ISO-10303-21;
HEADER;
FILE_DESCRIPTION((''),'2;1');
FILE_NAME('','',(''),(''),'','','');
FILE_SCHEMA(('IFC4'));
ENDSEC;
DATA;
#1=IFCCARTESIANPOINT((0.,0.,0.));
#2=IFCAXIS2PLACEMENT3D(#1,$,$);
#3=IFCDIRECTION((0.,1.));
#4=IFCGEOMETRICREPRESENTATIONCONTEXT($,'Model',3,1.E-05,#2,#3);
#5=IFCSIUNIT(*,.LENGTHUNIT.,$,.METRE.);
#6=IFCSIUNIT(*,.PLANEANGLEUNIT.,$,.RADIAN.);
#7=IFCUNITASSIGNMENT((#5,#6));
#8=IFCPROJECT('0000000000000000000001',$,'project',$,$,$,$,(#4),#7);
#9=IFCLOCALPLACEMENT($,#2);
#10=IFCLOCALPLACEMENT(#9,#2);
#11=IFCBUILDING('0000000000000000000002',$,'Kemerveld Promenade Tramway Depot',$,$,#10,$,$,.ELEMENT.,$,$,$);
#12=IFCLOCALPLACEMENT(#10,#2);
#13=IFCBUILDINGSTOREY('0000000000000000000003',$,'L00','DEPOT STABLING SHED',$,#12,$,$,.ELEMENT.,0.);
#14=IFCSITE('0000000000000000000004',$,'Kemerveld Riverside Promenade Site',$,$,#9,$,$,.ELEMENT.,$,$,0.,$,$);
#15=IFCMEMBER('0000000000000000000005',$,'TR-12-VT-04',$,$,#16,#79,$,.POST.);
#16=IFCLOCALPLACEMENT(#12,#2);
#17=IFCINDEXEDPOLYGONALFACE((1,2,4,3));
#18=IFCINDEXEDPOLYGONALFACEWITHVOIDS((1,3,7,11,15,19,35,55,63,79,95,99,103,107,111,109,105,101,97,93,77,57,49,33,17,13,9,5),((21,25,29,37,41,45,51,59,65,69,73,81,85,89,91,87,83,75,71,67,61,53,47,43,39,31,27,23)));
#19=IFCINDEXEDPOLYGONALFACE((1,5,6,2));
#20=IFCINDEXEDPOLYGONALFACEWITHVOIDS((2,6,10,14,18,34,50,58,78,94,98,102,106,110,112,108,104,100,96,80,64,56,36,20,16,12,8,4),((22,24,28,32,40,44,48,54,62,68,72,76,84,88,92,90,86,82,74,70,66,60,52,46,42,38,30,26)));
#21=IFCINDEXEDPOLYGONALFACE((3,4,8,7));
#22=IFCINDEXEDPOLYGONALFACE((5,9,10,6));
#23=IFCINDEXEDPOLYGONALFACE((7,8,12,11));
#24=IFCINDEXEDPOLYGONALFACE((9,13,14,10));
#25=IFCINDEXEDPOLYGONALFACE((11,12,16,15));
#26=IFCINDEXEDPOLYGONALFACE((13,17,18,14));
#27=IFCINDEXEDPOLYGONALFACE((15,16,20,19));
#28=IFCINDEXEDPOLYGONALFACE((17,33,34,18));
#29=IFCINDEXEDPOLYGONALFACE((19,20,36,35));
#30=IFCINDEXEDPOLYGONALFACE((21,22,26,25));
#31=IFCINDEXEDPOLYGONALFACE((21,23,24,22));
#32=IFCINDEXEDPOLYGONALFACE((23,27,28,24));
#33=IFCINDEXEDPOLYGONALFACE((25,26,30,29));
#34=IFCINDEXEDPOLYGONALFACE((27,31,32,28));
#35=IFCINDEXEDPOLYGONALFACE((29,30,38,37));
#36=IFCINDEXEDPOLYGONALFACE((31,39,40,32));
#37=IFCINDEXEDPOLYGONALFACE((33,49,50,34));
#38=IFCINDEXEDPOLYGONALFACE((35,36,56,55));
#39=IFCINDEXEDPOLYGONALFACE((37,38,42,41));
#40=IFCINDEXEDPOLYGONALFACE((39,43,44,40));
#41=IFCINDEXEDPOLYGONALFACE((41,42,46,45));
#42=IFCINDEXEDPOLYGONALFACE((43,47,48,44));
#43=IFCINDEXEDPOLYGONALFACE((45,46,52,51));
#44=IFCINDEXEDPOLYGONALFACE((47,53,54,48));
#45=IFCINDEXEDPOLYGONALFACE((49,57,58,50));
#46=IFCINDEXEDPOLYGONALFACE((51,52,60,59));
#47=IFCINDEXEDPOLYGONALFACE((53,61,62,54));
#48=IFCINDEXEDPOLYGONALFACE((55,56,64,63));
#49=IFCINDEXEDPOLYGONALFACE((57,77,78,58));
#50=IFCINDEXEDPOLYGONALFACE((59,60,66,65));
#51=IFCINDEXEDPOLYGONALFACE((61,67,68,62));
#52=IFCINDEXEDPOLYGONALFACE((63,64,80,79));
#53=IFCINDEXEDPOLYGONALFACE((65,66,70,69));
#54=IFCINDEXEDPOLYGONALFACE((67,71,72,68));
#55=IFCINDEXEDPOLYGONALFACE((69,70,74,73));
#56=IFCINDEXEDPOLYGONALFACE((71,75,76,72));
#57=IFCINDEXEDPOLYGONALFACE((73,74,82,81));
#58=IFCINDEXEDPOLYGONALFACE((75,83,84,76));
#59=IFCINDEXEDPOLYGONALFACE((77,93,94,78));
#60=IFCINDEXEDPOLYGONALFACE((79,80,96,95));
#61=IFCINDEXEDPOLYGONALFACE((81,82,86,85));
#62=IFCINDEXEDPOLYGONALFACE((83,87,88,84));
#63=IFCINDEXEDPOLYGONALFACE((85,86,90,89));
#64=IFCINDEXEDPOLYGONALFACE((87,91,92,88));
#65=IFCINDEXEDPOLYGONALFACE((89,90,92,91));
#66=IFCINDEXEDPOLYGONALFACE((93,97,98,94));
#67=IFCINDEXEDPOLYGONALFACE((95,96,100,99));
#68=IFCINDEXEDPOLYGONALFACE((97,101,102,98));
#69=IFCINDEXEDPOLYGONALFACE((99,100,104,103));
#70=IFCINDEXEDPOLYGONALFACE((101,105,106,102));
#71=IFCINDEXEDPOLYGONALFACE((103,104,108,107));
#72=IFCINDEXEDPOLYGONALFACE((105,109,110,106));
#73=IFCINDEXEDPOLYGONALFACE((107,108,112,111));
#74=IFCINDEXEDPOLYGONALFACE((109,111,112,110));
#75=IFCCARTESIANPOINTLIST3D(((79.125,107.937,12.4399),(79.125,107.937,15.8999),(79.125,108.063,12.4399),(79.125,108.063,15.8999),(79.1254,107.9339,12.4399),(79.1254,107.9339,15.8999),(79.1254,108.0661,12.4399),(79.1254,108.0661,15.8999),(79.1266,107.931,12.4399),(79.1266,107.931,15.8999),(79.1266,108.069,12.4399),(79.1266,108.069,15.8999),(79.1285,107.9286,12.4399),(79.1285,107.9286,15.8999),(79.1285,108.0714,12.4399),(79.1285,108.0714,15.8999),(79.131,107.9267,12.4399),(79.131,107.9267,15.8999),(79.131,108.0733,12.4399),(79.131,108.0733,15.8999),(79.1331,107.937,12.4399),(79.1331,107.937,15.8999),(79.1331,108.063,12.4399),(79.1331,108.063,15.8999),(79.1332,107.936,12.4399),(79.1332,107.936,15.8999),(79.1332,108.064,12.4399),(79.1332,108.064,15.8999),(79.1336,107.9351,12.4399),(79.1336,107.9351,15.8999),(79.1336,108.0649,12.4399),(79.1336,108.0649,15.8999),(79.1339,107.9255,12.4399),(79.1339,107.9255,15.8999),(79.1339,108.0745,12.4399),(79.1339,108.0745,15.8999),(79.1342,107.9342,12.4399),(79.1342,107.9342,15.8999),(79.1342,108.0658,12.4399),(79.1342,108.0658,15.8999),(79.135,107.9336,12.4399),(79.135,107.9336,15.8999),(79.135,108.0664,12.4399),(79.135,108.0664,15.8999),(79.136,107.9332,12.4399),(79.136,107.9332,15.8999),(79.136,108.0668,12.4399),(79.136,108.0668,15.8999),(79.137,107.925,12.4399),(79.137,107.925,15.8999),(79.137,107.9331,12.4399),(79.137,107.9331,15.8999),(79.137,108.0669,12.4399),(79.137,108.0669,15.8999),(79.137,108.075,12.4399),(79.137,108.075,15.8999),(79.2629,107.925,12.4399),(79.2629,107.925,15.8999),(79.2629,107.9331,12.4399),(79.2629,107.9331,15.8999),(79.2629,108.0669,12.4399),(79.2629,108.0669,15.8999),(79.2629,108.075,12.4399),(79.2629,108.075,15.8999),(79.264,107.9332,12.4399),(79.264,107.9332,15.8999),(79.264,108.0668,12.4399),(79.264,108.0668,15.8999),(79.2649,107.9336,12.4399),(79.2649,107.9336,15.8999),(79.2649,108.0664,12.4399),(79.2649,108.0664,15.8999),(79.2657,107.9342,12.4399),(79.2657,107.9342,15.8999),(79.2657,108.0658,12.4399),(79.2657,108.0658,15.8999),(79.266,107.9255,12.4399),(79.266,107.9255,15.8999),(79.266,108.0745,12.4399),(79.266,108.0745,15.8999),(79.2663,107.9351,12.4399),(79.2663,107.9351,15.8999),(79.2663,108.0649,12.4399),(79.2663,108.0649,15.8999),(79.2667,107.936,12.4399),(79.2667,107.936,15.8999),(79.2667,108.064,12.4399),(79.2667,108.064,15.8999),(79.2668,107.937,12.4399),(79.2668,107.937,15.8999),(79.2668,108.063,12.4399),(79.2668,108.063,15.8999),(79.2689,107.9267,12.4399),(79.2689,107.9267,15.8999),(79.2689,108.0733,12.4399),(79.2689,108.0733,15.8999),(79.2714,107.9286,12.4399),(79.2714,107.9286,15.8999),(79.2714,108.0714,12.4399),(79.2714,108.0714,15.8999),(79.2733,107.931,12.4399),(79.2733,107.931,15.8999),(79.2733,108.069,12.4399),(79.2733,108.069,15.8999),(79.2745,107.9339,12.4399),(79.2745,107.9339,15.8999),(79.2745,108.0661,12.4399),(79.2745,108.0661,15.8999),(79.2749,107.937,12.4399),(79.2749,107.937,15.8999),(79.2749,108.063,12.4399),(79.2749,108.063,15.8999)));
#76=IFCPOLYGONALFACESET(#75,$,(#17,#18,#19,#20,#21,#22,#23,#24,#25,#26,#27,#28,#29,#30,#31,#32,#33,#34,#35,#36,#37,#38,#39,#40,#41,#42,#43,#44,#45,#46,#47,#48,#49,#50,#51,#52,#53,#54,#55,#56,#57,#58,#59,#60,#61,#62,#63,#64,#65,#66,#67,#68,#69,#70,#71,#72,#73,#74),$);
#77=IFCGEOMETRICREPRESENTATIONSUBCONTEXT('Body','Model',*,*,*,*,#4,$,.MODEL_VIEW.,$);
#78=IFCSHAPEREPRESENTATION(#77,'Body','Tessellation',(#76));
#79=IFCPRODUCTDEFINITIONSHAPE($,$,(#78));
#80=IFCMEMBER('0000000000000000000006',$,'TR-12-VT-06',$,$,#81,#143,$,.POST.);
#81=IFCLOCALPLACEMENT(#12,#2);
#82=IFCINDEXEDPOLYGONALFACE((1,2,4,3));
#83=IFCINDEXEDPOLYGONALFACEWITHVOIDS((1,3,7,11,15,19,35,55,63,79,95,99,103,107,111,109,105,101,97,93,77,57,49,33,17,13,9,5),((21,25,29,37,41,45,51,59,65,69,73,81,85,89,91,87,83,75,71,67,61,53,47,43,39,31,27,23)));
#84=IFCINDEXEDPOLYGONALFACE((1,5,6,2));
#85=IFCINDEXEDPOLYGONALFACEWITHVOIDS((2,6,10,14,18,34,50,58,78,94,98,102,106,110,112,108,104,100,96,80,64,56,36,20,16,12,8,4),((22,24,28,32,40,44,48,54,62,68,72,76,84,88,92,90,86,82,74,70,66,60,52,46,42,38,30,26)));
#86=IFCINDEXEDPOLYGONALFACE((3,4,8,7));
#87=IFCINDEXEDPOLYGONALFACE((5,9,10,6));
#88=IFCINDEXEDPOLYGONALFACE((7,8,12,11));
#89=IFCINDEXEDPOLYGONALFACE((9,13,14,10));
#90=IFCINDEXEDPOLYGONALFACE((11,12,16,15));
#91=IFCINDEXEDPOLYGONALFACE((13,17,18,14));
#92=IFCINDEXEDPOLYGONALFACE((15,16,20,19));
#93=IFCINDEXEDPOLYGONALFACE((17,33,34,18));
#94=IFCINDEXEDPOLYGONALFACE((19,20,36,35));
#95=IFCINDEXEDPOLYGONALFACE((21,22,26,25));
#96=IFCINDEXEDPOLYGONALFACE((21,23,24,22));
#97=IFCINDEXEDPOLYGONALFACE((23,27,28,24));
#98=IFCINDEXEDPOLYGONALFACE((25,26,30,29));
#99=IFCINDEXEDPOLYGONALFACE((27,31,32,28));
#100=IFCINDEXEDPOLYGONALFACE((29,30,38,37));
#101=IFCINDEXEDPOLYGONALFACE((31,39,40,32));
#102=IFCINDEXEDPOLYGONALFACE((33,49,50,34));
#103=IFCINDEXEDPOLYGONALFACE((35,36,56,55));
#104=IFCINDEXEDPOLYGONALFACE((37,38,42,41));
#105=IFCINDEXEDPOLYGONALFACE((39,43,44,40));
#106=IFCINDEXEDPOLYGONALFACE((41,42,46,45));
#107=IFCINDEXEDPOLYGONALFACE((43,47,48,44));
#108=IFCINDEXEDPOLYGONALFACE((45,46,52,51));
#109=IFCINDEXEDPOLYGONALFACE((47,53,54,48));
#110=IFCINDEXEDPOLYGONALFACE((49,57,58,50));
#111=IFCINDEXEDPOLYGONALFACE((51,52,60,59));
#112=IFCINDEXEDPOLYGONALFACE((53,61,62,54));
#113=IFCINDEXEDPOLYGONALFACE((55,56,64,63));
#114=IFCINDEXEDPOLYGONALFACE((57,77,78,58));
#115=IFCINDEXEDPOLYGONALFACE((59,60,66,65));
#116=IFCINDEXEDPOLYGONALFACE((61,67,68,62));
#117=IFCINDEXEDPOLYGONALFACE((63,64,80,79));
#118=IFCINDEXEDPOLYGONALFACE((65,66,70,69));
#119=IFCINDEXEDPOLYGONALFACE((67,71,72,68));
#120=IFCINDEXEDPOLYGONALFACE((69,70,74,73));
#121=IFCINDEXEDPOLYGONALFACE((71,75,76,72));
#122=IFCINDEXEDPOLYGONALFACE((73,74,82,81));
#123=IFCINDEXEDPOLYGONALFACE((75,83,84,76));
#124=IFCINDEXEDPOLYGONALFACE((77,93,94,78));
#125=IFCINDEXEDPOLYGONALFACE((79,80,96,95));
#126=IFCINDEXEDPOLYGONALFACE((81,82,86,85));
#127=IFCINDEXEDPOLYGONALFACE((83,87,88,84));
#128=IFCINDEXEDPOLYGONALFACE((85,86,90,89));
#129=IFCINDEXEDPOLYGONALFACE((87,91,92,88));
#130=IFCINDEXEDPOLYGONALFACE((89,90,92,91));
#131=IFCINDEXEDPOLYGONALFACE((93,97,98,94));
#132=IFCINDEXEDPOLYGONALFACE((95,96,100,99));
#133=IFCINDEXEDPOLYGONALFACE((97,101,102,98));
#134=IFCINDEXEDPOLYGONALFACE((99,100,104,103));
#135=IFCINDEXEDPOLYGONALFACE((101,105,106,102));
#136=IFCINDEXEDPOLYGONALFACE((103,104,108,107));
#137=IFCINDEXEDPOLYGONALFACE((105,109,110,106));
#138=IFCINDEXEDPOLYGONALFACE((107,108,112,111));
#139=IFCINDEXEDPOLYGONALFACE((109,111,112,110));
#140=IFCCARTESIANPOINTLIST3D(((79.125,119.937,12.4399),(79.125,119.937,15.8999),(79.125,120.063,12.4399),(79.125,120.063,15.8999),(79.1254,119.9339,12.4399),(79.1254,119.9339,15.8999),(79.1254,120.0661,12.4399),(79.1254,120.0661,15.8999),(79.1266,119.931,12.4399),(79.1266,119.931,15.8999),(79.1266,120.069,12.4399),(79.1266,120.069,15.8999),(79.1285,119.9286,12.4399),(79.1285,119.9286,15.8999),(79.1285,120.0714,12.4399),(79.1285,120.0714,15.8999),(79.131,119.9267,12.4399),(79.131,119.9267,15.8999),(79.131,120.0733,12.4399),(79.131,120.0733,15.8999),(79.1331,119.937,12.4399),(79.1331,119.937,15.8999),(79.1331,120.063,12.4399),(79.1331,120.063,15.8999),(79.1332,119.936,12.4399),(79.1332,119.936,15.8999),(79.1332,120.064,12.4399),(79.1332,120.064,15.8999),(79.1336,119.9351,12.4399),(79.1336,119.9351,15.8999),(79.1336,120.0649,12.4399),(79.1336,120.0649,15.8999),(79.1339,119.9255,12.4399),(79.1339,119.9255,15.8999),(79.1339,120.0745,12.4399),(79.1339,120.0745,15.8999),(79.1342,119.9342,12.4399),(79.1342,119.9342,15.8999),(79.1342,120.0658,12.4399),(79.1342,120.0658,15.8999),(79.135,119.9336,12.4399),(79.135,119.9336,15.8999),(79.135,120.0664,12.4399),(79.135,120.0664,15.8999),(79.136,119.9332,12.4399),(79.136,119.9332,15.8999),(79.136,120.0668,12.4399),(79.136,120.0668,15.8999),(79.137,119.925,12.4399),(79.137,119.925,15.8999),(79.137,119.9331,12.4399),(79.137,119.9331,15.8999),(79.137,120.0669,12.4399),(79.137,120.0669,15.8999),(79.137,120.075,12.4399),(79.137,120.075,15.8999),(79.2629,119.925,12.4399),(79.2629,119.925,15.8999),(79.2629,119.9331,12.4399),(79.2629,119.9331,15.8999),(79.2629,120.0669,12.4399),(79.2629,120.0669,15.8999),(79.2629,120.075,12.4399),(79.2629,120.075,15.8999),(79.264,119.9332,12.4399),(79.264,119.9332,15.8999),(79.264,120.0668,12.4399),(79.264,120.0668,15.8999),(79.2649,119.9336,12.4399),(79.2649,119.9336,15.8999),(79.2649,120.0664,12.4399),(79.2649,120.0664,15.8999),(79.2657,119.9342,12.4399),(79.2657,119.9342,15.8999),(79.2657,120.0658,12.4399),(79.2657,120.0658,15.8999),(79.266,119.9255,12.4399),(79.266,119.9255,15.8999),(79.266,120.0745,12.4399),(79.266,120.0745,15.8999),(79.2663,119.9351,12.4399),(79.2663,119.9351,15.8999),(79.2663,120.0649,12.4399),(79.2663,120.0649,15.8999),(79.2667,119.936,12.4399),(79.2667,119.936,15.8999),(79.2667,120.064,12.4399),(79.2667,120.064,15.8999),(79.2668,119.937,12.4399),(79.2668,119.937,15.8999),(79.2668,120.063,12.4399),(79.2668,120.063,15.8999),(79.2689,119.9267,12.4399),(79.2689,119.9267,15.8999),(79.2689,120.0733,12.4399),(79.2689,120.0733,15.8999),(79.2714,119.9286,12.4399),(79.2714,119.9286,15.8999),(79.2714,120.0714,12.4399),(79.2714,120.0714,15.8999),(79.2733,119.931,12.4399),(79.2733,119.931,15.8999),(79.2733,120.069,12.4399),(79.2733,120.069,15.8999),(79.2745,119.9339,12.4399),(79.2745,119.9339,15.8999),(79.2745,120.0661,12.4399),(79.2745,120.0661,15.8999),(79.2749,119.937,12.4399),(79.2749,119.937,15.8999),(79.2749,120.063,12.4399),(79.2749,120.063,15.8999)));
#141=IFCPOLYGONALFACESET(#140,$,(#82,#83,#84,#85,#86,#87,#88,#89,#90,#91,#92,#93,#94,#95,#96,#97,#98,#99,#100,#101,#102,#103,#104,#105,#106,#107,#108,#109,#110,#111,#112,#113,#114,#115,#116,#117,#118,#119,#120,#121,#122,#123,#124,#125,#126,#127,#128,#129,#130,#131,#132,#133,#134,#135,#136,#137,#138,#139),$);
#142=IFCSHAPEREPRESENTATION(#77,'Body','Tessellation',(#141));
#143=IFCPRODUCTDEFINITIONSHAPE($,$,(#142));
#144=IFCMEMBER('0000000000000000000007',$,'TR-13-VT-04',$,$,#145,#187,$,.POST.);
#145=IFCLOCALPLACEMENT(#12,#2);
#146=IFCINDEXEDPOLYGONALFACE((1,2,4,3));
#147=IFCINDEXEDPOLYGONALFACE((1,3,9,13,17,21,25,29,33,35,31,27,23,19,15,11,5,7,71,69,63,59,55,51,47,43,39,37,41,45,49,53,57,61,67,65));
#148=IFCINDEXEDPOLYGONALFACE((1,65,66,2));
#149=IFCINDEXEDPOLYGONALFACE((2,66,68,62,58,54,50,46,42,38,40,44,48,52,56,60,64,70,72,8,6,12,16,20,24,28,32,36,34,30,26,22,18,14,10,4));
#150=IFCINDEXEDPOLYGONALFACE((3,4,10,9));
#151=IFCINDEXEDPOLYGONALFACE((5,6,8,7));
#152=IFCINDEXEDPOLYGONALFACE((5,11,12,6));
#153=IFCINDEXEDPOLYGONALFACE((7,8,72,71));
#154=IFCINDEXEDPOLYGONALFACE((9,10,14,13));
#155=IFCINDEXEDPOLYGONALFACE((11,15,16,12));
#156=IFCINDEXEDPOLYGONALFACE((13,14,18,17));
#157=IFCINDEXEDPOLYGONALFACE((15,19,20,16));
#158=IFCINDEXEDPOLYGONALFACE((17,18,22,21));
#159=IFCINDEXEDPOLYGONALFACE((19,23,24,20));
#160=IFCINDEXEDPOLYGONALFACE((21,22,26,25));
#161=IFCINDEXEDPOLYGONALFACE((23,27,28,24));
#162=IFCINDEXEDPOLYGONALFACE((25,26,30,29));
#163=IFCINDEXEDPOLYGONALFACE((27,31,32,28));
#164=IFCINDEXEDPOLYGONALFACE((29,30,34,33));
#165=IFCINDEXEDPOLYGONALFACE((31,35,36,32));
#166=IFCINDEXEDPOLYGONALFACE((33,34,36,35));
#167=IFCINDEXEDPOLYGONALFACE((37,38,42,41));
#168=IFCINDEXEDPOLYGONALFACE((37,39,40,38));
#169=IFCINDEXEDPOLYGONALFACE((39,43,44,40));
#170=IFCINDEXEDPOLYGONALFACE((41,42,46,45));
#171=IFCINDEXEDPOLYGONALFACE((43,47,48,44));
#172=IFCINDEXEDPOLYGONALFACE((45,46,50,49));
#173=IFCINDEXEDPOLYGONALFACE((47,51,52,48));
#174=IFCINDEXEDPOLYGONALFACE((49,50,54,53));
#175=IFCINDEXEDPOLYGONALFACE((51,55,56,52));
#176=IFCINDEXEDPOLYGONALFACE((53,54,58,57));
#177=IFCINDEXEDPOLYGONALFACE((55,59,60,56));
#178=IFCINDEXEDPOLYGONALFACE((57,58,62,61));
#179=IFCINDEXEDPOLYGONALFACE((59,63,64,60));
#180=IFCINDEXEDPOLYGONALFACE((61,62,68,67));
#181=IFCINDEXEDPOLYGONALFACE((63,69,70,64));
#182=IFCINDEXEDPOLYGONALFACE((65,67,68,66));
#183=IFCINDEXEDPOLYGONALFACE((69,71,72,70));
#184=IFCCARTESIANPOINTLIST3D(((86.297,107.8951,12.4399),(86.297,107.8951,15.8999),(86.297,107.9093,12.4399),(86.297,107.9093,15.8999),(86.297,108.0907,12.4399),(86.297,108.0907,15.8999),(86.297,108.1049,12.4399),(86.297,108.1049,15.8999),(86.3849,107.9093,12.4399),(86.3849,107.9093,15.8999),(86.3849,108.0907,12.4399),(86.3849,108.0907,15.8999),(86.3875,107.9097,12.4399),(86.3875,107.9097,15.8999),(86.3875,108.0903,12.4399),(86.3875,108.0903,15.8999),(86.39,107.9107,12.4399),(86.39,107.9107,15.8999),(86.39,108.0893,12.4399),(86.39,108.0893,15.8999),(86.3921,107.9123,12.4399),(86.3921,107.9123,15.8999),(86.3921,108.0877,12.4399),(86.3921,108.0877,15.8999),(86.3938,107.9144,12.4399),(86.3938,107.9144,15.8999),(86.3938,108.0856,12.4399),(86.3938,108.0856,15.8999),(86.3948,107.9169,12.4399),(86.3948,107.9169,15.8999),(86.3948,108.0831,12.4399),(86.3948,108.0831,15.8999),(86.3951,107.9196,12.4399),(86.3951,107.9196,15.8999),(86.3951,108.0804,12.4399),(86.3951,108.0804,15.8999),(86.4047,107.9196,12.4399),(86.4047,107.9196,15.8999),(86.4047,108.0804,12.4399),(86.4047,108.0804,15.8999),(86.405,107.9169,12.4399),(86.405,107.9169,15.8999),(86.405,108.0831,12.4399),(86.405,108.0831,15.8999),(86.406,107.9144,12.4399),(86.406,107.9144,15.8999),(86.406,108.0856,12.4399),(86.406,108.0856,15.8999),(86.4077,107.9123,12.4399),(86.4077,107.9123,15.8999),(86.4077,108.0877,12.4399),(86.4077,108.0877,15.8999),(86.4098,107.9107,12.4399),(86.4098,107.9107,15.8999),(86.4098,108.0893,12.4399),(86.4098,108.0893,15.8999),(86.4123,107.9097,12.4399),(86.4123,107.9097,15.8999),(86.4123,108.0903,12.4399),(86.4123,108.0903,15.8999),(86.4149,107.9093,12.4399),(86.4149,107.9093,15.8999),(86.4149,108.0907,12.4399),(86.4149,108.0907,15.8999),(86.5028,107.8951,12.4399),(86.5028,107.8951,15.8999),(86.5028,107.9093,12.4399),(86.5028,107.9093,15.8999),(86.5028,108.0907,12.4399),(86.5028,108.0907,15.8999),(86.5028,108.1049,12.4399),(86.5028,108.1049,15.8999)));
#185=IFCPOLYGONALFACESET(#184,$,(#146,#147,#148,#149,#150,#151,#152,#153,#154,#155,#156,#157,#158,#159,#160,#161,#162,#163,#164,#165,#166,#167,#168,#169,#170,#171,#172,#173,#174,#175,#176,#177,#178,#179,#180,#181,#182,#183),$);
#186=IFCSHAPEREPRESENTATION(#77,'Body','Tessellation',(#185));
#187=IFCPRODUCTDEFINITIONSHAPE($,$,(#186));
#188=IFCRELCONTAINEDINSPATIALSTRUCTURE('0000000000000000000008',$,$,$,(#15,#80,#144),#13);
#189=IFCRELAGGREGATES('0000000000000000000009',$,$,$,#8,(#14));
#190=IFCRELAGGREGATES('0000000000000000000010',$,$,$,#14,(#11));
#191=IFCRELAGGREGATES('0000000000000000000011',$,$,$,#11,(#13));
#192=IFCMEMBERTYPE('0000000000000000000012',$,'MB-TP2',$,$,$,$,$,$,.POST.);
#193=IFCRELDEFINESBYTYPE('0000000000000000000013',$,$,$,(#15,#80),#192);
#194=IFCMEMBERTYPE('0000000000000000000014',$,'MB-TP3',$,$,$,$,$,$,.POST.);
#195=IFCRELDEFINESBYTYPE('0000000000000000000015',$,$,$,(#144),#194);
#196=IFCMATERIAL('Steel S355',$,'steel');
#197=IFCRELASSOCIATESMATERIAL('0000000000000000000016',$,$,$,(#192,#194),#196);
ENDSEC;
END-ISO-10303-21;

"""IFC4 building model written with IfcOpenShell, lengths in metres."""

from ifc_helpers import new_model, si_unit, direction, frame, origin, origin_2d, place, context, subcontext, project, spatial, hollow_rectangle, i_section, extrude, material, material_profile, profile_set, type_object, element, save


model = new_model("IFC4")

# Units and contexts
model_context = context("Model", 3, precision=1e-05, world=origin(), true_north=direction((0.0, 1.0)))
body_context = subcontext(model_context, "Body", "Model", "MODEL_VIEW")
ifc_project = project(units=[si_unit("LENGTHUNIT", "METRE"), si_unit("PLANEANGLEUNIT", "RADIAN")], contexts=[model_context])

# Site, building, storey
site_placement = place(None, origin())
site = spatial("IfcSite", under=ifc_project, at=site_placement, Name="Kemerveld Riverside Promenade Site", CompositionType="ELEMENT", RefElevation=0.0)
building_placement = place(site_placement, origin())
building = spatial("IfcBuilding", under=site, at=building_placement, Name="Kemerveld Promenade Tramway Depot", CompositionType="ELEMENT")
storey_placement = place(building_placement, origin())
storey = spatial("IfcBuildingStorey", under=building, at=storey_placement, Name="L00", Description="DEPOT STABLING SHED", CompositionType="ELEMENT", Elevation=0.0)

# Members
ifc_material_1 = material(Name="Steel S355", Category="steel")
ifc_material_profile_1 = material_profile(ifc_material_1, hollow_rectangle(XDim=0.1499, YDim=0.1499, WallThickness=0.0081, InnerFilletRadius=0.0039, OuterFilletRadius=0.012, at=origin_2d()), Name="150x150x8.0 SHS")
ifc_profile_set_1 = profile_set([ifc_material_profile_1], Name="Steel S355")
member_type_1 = type_object("IfcMemberType", Name="MB-TP2", PredefinedType="POST", material=ifc_profile_set_1)
for number, where, z_axis, x_axis, name in (
    (1, (79.2, 108.0, 12.4399), (0.0, 0.0, 1.0), (1.0, 0.0, 0.0), "TR-12-VT-04"),
    (2, (79.2, 120.0, 12.4399), (0.0, 0.0, 1.0), (1.0, 0.0, 0.0), "TR-12-VT-06"),
):
    element("IfcMember", number, at=place(storey_placement, frame(where, z_axis=z_axis, x_axis=x_axis)), inside=storey, type_object=member_type_1, Name=name, PredefinedType="POST", context=body_context, shape_type="SweptSolid", body=[
        extrude(hollow_rectangle(XDim=0.1499, YDim=0.1499, WallThickness=0.0081, InnerFilletRadius=0.0039, OuterFilletRadius=0.012, at=origin_2d()), origin(), (0.0, 0.0, 1.0), 3.46),
    ])
ifc_material_profile_2 = material_profile(ifc_material_1, i_section(OverallWidth=0.2058, OverallDepth=0.2097, WebThickness=0.0095, FlangeThickness=0.0142, FilletRadius=0.0103, at=origin_2d()), Name="203x203x60 UC")
ifc_profile_set_2 = profile_set([ifc_material_profile_2], Name="Steel S355")
member_type_2 = type_object("IfcMemberType", Name="MB-TP3", PredefinedType="POST", material=ifc_profile_set_2)
for number, where, z_axis, x_axis, name in (
    (3, (86.3999, 108.0, 12.4399), (0.0, 0.0, 1.0), (1.0, 0.0, 0.0), "TR-13-VT-04"),
):
    element("IfcMember", number, at=place(storey_placement, frame(where, z_axis=z_axis, x_axis=x_axis)), inside=storey, type_object=member_type_2, Name=name, PredefinedType="POST", context=body_context, shape_type="SweptSolid", body=[
        extrude(i_section(OverallWidth=0.2058, OverallDepth=0.2097, WebThickness=0.0095, FlangeThickness=0.0142, FilletRadius=0.0103, at=origin_2d()), origin(), (0.0, 0.0, 1.0), 3.46),
    ])

save(model, "model.ifc")
